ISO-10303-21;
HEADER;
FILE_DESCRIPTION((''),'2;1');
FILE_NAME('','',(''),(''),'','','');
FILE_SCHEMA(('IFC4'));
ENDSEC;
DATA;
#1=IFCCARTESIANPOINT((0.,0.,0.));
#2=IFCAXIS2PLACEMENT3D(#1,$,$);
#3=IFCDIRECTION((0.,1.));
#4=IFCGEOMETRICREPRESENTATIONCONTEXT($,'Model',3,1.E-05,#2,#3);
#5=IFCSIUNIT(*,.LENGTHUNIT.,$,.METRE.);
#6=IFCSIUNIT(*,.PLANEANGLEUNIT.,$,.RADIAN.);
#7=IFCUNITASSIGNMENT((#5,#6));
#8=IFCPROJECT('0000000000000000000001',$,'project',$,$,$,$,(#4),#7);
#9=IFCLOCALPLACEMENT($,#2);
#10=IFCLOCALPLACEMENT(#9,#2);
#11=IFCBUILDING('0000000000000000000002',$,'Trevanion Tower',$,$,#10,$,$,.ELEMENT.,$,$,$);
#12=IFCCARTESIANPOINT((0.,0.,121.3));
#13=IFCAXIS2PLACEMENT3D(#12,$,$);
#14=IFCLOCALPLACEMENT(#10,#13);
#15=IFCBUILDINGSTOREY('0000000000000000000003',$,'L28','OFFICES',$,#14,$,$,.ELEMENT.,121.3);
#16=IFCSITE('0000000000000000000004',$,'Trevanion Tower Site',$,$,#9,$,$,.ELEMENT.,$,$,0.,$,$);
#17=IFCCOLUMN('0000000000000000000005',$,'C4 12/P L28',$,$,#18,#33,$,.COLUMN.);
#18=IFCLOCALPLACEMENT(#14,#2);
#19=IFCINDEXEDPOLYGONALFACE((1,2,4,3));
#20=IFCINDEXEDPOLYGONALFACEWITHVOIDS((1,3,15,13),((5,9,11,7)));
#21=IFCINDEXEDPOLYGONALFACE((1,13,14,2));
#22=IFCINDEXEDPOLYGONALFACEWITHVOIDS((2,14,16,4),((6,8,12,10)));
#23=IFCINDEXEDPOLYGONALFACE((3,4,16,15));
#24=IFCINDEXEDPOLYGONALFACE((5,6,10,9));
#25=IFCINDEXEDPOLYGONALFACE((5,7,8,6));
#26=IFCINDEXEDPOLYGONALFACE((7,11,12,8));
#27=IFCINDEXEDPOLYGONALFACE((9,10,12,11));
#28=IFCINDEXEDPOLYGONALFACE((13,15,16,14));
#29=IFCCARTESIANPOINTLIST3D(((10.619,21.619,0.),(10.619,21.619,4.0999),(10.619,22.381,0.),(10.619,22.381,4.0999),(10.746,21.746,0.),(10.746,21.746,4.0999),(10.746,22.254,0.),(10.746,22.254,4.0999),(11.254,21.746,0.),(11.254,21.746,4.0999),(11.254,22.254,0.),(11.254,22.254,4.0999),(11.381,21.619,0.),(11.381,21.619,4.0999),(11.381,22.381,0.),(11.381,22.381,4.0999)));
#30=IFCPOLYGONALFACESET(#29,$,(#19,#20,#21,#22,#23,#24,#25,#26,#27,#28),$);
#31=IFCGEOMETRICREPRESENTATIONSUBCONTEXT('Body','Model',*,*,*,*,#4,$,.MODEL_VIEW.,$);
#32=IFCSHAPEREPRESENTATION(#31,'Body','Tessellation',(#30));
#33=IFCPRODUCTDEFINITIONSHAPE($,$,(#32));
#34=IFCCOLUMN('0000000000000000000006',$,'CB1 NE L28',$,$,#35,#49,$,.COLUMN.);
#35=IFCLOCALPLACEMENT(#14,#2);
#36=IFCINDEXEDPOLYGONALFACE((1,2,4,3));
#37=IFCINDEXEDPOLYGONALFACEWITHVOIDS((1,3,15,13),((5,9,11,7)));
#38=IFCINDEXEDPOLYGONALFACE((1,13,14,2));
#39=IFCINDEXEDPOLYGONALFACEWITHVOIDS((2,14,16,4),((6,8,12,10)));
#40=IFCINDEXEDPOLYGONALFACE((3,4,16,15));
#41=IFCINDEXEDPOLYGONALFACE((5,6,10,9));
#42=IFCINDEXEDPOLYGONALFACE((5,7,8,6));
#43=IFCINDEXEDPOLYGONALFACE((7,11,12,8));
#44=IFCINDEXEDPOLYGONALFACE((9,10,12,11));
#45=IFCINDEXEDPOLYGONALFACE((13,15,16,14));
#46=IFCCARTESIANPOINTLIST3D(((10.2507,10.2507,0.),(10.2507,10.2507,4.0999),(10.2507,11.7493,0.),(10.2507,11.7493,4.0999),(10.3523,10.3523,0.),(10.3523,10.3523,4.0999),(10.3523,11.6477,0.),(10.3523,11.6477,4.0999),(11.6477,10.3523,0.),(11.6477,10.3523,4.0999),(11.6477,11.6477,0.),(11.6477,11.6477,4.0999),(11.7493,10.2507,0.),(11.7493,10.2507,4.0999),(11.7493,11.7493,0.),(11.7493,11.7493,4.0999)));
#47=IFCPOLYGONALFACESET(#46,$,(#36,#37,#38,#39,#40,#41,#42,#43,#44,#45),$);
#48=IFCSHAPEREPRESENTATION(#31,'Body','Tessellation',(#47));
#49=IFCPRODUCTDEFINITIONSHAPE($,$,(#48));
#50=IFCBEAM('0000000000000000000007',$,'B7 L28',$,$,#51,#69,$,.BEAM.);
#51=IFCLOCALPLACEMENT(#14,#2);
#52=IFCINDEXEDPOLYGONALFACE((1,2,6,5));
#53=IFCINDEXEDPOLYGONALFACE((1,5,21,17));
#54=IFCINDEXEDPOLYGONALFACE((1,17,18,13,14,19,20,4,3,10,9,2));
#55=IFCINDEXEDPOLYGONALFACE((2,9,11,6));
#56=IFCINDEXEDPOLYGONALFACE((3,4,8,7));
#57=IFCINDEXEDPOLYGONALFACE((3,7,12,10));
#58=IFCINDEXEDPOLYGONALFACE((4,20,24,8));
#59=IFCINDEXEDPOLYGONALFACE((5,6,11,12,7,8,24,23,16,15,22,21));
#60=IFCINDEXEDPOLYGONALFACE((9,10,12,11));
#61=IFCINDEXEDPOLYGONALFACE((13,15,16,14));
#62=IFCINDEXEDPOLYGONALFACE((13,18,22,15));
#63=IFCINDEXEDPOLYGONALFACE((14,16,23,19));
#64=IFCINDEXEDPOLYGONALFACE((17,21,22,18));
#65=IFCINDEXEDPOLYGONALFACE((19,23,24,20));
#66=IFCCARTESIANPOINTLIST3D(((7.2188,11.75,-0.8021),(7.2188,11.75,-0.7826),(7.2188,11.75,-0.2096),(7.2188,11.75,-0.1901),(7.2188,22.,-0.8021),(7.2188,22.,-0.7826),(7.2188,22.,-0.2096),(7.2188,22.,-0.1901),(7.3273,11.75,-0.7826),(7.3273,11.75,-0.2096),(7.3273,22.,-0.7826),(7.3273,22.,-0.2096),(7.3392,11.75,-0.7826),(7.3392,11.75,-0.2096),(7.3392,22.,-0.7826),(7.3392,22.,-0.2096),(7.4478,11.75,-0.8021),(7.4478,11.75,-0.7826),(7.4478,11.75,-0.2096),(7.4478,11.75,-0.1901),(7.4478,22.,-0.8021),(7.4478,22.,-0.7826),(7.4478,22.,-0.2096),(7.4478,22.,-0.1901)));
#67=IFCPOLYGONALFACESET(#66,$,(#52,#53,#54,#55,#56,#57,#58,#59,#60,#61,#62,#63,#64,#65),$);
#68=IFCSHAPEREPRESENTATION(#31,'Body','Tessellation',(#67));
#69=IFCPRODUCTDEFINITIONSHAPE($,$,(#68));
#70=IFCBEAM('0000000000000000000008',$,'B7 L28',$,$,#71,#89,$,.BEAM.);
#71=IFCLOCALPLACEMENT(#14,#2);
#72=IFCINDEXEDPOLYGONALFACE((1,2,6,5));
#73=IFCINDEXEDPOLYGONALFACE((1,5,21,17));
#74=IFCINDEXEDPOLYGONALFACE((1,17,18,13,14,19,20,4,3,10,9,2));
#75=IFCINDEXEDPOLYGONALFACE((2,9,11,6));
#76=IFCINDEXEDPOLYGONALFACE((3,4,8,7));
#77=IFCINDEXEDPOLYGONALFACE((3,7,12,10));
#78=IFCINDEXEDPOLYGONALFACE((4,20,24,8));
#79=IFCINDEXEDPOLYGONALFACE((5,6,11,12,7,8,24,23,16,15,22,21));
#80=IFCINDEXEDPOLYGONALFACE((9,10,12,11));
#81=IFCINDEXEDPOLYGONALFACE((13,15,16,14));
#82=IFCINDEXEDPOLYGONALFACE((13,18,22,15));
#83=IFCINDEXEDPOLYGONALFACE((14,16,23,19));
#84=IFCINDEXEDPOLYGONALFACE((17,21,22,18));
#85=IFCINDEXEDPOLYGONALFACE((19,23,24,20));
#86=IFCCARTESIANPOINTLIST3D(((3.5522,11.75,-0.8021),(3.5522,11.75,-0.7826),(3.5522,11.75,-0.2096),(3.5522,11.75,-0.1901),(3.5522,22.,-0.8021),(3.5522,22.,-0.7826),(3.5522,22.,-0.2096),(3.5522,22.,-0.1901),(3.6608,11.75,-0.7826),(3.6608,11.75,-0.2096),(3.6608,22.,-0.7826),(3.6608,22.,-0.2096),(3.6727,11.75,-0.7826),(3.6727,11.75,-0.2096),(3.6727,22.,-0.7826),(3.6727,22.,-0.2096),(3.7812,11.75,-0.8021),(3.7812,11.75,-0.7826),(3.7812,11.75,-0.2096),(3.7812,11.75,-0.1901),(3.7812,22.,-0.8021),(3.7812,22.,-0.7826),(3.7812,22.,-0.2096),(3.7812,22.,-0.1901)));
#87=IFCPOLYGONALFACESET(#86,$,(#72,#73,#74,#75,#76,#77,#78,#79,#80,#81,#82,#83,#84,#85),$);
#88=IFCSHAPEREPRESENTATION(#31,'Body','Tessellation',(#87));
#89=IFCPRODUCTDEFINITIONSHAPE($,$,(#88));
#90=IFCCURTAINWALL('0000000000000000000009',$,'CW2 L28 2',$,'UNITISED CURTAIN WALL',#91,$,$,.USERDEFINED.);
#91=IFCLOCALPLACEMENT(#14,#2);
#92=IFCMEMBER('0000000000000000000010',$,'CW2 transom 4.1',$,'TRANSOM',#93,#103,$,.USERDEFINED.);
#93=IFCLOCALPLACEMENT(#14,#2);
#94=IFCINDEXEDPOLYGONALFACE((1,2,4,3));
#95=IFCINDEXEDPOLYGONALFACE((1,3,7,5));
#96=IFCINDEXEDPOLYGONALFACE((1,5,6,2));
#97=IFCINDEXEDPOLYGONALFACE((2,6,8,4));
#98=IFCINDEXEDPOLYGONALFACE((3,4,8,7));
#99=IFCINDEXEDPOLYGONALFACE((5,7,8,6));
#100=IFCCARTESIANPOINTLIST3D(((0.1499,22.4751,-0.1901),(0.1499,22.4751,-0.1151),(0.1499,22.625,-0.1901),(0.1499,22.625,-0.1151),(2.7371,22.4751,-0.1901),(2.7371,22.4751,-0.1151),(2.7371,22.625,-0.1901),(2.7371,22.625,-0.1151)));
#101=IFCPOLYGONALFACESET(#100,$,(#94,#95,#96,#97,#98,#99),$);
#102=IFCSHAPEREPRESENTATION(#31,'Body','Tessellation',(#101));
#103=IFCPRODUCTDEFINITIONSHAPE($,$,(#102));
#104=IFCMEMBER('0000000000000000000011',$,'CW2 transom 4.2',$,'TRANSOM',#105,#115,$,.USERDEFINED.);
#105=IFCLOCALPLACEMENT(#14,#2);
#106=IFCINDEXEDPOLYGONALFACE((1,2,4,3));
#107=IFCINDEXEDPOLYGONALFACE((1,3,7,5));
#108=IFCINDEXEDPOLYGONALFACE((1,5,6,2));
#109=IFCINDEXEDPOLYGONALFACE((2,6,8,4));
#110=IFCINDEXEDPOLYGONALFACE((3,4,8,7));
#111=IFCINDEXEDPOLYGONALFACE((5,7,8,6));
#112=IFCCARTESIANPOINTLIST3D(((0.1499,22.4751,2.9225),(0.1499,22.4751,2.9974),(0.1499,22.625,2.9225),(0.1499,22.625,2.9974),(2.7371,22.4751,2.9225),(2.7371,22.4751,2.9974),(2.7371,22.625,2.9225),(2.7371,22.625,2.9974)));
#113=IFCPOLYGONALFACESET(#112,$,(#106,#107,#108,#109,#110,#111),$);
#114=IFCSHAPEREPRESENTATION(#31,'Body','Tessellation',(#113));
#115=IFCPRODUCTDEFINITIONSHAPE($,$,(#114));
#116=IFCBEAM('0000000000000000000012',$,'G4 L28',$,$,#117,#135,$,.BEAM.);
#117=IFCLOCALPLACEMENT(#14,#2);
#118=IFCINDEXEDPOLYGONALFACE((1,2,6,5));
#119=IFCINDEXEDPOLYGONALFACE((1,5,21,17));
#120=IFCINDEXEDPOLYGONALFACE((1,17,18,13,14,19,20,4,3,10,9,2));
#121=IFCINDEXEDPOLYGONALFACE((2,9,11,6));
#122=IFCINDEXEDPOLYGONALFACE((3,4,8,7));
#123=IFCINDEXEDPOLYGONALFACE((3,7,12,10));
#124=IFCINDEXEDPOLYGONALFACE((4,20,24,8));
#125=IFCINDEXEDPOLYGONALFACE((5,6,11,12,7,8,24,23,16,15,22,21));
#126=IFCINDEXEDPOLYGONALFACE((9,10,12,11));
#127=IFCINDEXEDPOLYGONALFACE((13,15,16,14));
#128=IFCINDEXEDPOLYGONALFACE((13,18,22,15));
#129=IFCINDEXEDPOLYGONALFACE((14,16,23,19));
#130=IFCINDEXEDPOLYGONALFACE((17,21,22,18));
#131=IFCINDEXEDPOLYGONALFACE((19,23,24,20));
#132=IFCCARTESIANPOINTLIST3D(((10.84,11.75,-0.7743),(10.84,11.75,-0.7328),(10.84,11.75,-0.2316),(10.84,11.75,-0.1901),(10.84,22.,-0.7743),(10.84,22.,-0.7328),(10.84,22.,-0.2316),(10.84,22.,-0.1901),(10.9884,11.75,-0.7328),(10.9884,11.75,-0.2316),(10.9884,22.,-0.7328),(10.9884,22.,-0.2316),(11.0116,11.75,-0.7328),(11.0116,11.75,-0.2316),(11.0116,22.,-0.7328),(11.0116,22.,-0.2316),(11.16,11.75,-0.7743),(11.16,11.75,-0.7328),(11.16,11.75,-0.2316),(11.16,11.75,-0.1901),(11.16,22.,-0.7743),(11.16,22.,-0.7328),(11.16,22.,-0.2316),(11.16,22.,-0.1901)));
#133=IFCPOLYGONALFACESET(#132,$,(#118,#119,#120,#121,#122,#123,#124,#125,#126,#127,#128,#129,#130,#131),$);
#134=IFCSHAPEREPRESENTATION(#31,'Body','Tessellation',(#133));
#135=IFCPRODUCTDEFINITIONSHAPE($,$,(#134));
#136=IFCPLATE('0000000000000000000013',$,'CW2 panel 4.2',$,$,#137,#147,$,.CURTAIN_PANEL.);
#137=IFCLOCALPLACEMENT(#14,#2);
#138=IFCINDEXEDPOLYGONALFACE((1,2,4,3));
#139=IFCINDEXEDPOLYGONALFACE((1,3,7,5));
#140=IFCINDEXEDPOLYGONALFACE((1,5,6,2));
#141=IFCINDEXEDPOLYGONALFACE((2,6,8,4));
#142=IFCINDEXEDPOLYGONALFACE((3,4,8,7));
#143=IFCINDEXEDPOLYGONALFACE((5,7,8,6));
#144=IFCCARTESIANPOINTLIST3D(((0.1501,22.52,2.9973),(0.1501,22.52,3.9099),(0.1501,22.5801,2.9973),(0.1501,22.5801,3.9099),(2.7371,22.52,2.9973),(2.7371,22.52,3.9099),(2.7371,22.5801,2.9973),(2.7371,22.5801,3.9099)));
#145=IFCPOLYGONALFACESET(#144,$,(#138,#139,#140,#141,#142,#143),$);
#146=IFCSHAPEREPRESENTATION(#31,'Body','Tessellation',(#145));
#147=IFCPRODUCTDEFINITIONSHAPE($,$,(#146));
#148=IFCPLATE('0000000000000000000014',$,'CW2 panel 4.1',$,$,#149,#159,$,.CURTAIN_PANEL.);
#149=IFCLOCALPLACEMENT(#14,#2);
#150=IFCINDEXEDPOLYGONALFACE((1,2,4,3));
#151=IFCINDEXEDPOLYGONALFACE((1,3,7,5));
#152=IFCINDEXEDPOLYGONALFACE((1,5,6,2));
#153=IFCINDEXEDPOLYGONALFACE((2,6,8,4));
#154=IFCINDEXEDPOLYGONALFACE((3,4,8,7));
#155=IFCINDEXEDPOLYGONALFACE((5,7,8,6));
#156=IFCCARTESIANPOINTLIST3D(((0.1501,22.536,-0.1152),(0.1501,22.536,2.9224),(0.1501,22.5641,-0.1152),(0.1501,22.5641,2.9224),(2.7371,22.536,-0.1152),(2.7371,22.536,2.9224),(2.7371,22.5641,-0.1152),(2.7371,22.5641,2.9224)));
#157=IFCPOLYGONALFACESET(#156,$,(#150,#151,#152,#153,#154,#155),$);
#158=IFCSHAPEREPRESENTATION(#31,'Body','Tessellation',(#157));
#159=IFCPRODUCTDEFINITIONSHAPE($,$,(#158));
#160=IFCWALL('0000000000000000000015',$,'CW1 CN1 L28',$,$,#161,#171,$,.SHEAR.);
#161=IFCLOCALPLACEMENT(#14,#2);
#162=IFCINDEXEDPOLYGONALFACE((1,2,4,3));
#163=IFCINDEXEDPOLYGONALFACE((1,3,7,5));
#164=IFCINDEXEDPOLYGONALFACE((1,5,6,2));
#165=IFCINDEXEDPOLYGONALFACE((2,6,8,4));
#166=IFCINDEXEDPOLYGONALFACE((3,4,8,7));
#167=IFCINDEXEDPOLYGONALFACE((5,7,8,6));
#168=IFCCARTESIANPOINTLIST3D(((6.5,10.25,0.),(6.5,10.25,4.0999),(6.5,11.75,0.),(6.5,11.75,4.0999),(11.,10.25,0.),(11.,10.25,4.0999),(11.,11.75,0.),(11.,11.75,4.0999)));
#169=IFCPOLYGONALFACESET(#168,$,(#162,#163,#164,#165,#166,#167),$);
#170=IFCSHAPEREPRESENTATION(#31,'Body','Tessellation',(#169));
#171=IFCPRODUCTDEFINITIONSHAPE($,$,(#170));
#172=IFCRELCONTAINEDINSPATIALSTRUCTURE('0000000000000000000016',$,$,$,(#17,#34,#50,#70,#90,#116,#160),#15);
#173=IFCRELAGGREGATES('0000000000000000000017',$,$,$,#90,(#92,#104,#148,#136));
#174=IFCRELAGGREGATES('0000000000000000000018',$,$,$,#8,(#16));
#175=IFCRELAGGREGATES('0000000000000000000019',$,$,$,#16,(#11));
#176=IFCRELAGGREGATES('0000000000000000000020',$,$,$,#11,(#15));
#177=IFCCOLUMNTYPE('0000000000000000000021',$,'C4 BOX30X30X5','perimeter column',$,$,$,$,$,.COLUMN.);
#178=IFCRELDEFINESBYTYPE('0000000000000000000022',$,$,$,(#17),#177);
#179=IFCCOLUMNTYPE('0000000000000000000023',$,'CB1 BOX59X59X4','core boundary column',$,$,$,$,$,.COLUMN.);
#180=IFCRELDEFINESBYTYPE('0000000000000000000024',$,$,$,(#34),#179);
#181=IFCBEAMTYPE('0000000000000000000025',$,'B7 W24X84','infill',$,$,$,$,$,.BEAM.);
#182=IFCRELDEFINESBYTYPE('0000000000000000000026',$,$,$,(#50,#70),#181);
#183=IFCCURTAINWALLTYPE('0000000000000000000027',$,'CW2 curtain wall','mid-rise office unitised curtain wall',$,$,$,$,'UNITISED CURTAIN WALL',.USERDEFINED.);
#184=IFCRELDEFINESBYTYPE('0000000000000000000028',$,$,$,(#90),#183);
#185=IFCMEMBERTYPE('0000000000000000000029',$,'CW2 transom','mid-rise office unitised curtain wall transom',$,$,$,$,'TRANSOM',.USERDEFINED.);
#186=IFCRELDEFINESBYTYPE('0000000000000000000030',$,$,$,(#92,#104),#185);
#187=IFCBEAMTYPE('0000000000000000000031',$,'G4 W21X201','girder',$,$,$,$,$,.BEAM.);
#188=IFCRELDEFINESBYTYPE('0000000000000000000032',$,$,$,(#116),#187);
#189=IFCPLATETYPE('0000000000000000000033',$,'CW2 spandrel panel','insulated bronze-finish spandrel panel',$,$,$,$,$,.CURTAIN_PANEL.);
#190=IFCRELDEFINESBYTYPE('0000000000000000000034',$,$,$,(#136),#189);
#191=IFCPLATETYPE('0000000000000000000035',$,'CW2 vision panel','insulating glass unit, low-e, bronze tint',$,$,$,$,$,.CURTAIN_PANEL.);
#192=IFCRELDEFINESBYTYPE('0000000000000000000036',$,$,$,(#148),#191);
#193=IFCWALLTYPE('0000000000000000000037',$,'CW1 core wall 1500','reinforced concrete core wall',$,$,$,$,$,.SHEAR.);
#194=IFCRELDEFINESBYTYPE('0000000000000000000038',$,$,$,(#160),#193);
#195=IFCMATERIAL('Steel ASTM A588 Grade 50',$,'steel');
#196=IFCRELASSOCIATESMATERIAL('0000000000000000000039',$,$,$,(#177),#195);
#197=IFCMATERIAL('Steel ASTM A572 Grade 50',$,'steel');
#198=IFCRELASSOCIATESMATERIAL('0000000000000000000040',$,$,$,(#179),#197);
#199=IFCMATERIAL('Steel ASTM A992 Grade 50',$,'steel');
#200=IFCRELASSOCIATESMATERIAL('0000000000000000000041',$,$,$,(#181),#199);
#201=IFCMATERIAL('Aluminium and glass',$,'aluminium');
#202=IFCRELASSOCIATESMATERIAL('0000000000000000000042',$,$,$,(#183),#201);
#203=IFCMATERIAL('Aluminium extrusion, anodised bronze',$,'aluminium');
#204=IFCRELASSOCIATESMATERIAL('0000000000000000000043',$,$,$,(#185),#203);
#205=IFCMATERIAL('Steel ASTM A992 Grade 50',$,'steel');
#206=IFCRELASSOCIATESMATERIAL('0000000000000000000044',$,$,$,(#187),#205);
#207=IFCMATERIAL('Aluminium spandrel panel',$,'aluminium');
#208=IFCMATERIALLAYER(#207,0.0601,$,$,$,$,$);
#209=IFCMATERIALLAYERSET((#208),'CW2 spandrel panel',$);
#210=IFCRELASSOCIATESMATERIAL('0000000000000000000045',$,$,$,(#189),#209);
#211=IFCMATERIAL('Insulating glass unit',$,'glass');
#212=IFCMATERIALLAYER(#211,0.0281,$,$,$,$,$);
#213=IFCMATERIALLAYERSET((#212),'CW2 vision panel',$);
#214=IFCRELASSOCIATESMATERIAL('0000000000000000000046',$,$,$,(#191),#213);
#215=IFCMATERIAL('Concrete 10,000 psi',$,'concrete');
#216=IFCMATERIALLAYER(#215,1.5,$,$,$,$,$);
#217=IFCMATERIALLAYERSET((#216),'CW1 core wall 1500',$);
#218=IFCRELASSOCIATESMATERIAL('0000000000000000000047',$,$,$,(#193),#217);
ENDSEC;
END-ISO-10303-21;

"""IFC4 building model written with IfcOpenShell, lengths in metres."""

from ifc_helpers import new_model, si_unit, direction, frame, frame_2d, origin, origin_2d, place, context, subcontext, project, spatial, rectangle, hollow_rectangle, i_section, extrude, material, layer, layer_set, material_profile, profile_set, type_object, element, aggregate, save


model = new_model("IFC4")

# Units and contexts
model_context = context("Model", 3, precision=1e-05, world=origin(), true_north=direction((0.0, 1.0)))
body_context = subcontext(model_context, "Body", "Model", "MODEL_VIEW")
ifc_project = project(units=[si_unit("LENGTHUNIT", "METRE"), si_unit("PLANEANGLEUNIT", "RADIAN")], contexts=[model_context])

# Site, building, storey
site_placement = place(None, origin())
site = spatial("IfcSite", under=ifc_project, at=site_placement, Name="Trevanion Tower Site", CompositionType="ELEMENT", RefElevation=0.0)
building_placement = place(site_placement, origin())
building = spatial("IfcBuilding", under=site, at=building_placement, Name="Trevanion Tower", CompositionType="ELEMENT")
storey_placement = place(building_placement, frame((0.0, 0.0, 121.3)))
storey = spatial("IfcBuildingStorey", under=building, at=storey_placement, Name="L28", Description="OFFICES", CompositionType="ELEMENT", Elevation=121.3)

# Columns
ifc_material_1 = material(Name="Steel ASTM A588 Grade 50", Category="steel")
ifc_material_profile_1 = material_profile(ifc_material_1, hollow_rectangle(XDim=0.762, YDim=0.762, WallThickness=0.127, at=origin_2d()), Name="BOX30X30X5")
ifc_profile_set_1 = profile_set([ifc_material_profile_1], Name="Steel ASTM A588 Grade 50")
column_type_1 = type_object("IfcColumnType", Name="C4 BOX30X30X5", Description="perimeter column", PredefinedType="COLUMN", material=ifc_profile_set_1)
column_1_placement = place(storey_placement, frame((11.0, 22.0, 0.0), z_axis=(0.0, 0.0, 1.0), x_axis=(1.0, 0.0, 0.0)))
element("IfcColumn", 1, at=column_1_placement, inside=storey, type_object=column_type_1, Name="C4 12/P L28", PredefinedType="COLUMN", context=body_context, shape_type="SweptSolid", body=[
    extrude(hollow_rectangle(XDim=0.762, YDim=0.762, WallThickness=0.127, at=origin_2d()), origin(), (0.0, 0.0, 1.0), 4.0999),
])
ifc_material_2 = material(Name="Steel ASTM A572 Grade 50", Category="steel")
ifc_material_profile_2 = material_profile(ifc_material_2, hollow_rectangle(XDim=1.4985, YDim=1.4985, WallThickness=0.1016, at=origin_2d()), Name="BOX59X59X4")
ifc_profile_set_2 = profile_set([ifc_material_profile_2], Name="Steel ASTM A572 Grade 50")
column_type_2 = type_object("IfcColumnType", Name="CB1 BOX59X59X4", Description="core boundary column", PredefinedType="COLUMN", material=ifc_profile_set_2)
column_2_placement = place(storey_placement, frame((11.0, 11.0, 0.0), z_axis=(0.0, 0.0, 1.0), x_axis=(1.0, 0.0, 0.0)))
element("IfcColumn", 2, at=column_2_placement, inside=storey, type_object=column_type_2, Name="CB1 NE L28", PredefinedType="COLUMN", context=body_context, shape_type="SweptSolid", body=[
    extrude(hollow_rectangle(XDim=1.4985, YDim=1.4985, WallThickness=0.1016, at=origin_2d()), origin(), (0.0, 0.0, 1.0), 4.0999),
])

# Beams
ifc_material_3 = material(Name="Steel ASTM A992 Grade 50", Category="steel")
ifc_material_profile_3 = material_profile(ifc_material_3, i_section(OverallWidth=0.229, OverallDepth=0.6121, WebThickness=0.012, FlangeThickness=0.0195, at=origin_2d()), Name="W24X84")
ifc_profile_set_3 = profile_set([ifc_material_profile_3], Name="Steel ASTM A992 Grade 50")
beam_type_1 = type_object("IfcBeamType", Name="B7 W24X84", Description="infill", PredefinedType="BEAM", material=ifc_profile_set_3)
for number, where, z_axis, x_axis, name in (
    (3, (7.3333, 11.75, -0.4961), (0.0, 1.0, 0.0), (-1.0, 0.0, 0.0), "B7 L28"),
    (4, (3.6667, 11.75, -0.4961), (0.0, 1.0, 0.0), (-1.0, 0.0, 0.0), "B7 L28"),
):
    element("IfcBeam", number, at=place(storey_placement, frame(where, z_axis=z_axis, x_axis=x_axis)), inside=storey, type_object=beam_type_1, Name=name, PredefinedType="BEAM", context=body_context, shape_type="SweptSolid", body=[
        extrude(i_section(OverallWidth=0.229, OverallDepth=0.6121, WebThickness=0.012, FlangeThickness=0.0195, at=origin_2d()), origin(), (0.0, 0.0, 1.0), 10.25),
    ])

# Curtain wall, members
ifc_material_4 = material(Name="Aluminium and glass", Category="aluminium")
curtain_wall_type = type_object("IfcCurtainWallType", Name="CW2 curtain wall", Description="mid-rise office unitised curtain wall", ElementType="UNITISED CURTAIN WALL", PredefinedType="USERDEFINED", material=ifc_material_4)
curtain_wall_placement = place(storey_placement, origin())
curtain_wall = element("IfcCurtainWall", 5, at=curtain_wall_placement, inside=storey, type_object=curtain_wall_type, Name="CW2 L28 2", ObjectType="UNITISED CURTAIN WALL", PredefinedType="USERDEFINED")
ifc_material_5 = material(Name="Aluminium extrusion, anodised bronze", Category="aluminium")
ifc_material_profile_4 = material_profile(ifc_material_5, rectangle(XDim=0.1499, YDim=0.075, at=origin_2d()), Name="CW2 transom")
ifc_profile_set_4 = profile_set([ifc_material_profile_4], Name="Aluminium extrusion, anodised bronze")
member_type = type_object("IfcMemberType", Name="CW2 transom", Description="mid-rise office unitised curtain wall transom", ElementType="TRANSOM", PredefinedType="USERDEFINED", material=ifc_profile_set_4)
member_1_placement = place(storey_placement, frame((2.7371, 22.55, -0.1526), z_axis=(-1.0, 0.0, 0.0), x_axis=(0.0, -1.0, 0.0)))
member_1 = element("IfcMember", 6, at=member_1_placement, type_object=member_type, Name="CW2 transom 4.1", ObjectType="TRANSOM", PredefinedType="USERDEFINED", context=body_context, shape_type="SweptSolid", body=[
    extrude(rectangle(XDim=0.1499, YDim=0.075, at=origin_2d()), origin(), (0.0, 0.0, 1.0), 2.5872),
])
member_2_placement = place(storey_placement, frame((2.7371, 22.55, 2.96), z_axis=(-1.0, 0.0, 0.0), x_axis=(0.0, -1.0, 0.0)))
member_2 = element("IfcMember", 7, at=member_2_placement, type_object=member_type, Name="CW2 transom 4.2", ObjectType="TRANSOM", PredefinedType="USERDEFINED", context=body_context, shape_type="SweptSolid", body=[
    extrude(rectangle(XDim=0.1499, YDim=0.075, at=origin_2d()), origin(), (0.0, 0.0, 1.0), 2.5872),
])

# Beam
ifc_material_6 = material(Name="Steel ASTM A992 Grade 50", Category="steel")
ifc_material_profile_5 = material_profile(ifc_material_6, i_section(OverallWidth=0.3201, OverallDepth=0.5842, WebThickness=0.0232, FlangeThickness=0.0415, at=origin_2d()), Name="W21X201")
ifc_profile_set_5 = profile_set([ifc_material_profile_5], Name="Steel ASTM A992 Grade 50")
beam_type_2 = type_object("IfcBeamType", Name="G4 W21X201", Description="girder", PredefinedType="BEAM", material=ifc_profile_set_5)
beam_placement = place(storey_placement, frame((11.0, 11.75, -0.4822), z_axis=(0.0, 1.0, 0.0), x_axis=(-1.0, 0.0, 0.0)))
element("IfcBeam", 8, at=beam_placement, inside=storey, type_object=beam_type_2, Name="G4 L28", PredefinedType="BEAM", context=body_context, shape_type="SweptSolid", body=[
    extrude(i_section(OverallWidth=0.3201, OverallDepth=0.5842, WebThickness=0.0232, FlangeThickness=0.0415, at=origin_2d()), origin(), (0.0, 0.0, 1.0), 10.25),
])

# Plates
ifc_material_7 = material(Name="Aluminium spandrel panel", Category="aluminium")
ifc_layer_1 = layer(ifc_material_7, 0.0601)
ifc_layer_set_1 = layer_set([ifc_layer_1], Name="CW2 spandrel panel")
plate_type_1 = type_object("IfcPlateType", Name="CW2 spandrel panel", Description="insulated bronze-finish spandrel panel", PredefinedType="CURTAIN_PANEL", material=ifc_layer_set_1)
plate_1_placement = place(storey_placement, frame((1.4436, 22.55, 2.9973), z_axis=(0.0, 0.0, 1.0), x_axis=(-1.0, 0.0, 0.0)))
plate_1 = element("IfcPlate", 9, at=plate_1_placement, type_object=plate_type_1, Name="CW2 panel 4.2", PredefinedType="CURTAIN_PANEL", context=body_context, shape_type="SweptSolid", body=[
    extrude(rectangle(XDim=2.5869, YDim=0.0601, at=origin_2d()), origin(), (0.0, 0.0, 1.0), 0.9126),
])
ifc_material_8 = material(Name="Insulating glass unit", Category="glass")
ifc_layer_2 = layer(ifc_material_8, 0.0281)
ifc_layer_set_2 = layer_set([ifc_layer_2], Name="CW2 vision panel")
plate_type_2 = type_object("IfcPlateType", Name="CW2 vision panel", Description="insulating glass unit, low-e, bronze tint", PredefinedType="CURTAIN_PANEL", material=ifc_layer_set_2)
plate_2_placement = place(storey_placement, frame((1.4436, 22.55, -0.1152), z_axis=(0.0, 0.0, 1.0), x_axis=(-1.0, 0.0, 0.0)))
plate_2 = element("IfcPlate", 10, at=plate_2_placement, type_object=plate_type_2, Name="CW2 panel 4.1", PredefinedType="CURTAIN_PANEL", context=body_context, shape_type="SweptSolid", body=[
    extrude(rectangle(XDim=2.5869, YDim=0.0281, at=origin_2d()), origin(), (0.0, 0.0, 1.0), 3.0376),
])
aggregate(curtain_wall, [member_1, member_2, plate_2, plate_1])

# Wall
ifc_material_9 = material(Name="Concrete 10,000 psi", Category="concrete")
ifc_layer_3 = layer(ifc_material_9, 1.5)
ifc_layer_set_3 = layer_set([ifc_layer_3], Name="CW1 core wall 1500")
wall_type_1 = type_object("IfcWallType", Name="CW1 core wall 1500", Description="reinforced concrete core wall", PredefinedType="SHEAR", material=ifc_layer_set_3)
wall_1_placement = place(storey_placement, frame((11.0, 11.0, 0.0), z_axis=(0.0, 0.0, 1.0), x_axis=(-1.0, 0.0, 0.0)))
element("IfcWall", 11, at=wall_1_placement, inside=storey, type_object=wall_type_1, Name="CW1 CN1 L28", PredefinedType="SHEAR", context=body_context, shape_type="SweptSolid", body=[
    extrude(rectangle(XDim=4.5, YDim=1.5, at=frame_2d((2.25, 0.0))), origin(), (0.0, 0.0, 1.0), 4.0999),
])

save(model, "model.ifc")
